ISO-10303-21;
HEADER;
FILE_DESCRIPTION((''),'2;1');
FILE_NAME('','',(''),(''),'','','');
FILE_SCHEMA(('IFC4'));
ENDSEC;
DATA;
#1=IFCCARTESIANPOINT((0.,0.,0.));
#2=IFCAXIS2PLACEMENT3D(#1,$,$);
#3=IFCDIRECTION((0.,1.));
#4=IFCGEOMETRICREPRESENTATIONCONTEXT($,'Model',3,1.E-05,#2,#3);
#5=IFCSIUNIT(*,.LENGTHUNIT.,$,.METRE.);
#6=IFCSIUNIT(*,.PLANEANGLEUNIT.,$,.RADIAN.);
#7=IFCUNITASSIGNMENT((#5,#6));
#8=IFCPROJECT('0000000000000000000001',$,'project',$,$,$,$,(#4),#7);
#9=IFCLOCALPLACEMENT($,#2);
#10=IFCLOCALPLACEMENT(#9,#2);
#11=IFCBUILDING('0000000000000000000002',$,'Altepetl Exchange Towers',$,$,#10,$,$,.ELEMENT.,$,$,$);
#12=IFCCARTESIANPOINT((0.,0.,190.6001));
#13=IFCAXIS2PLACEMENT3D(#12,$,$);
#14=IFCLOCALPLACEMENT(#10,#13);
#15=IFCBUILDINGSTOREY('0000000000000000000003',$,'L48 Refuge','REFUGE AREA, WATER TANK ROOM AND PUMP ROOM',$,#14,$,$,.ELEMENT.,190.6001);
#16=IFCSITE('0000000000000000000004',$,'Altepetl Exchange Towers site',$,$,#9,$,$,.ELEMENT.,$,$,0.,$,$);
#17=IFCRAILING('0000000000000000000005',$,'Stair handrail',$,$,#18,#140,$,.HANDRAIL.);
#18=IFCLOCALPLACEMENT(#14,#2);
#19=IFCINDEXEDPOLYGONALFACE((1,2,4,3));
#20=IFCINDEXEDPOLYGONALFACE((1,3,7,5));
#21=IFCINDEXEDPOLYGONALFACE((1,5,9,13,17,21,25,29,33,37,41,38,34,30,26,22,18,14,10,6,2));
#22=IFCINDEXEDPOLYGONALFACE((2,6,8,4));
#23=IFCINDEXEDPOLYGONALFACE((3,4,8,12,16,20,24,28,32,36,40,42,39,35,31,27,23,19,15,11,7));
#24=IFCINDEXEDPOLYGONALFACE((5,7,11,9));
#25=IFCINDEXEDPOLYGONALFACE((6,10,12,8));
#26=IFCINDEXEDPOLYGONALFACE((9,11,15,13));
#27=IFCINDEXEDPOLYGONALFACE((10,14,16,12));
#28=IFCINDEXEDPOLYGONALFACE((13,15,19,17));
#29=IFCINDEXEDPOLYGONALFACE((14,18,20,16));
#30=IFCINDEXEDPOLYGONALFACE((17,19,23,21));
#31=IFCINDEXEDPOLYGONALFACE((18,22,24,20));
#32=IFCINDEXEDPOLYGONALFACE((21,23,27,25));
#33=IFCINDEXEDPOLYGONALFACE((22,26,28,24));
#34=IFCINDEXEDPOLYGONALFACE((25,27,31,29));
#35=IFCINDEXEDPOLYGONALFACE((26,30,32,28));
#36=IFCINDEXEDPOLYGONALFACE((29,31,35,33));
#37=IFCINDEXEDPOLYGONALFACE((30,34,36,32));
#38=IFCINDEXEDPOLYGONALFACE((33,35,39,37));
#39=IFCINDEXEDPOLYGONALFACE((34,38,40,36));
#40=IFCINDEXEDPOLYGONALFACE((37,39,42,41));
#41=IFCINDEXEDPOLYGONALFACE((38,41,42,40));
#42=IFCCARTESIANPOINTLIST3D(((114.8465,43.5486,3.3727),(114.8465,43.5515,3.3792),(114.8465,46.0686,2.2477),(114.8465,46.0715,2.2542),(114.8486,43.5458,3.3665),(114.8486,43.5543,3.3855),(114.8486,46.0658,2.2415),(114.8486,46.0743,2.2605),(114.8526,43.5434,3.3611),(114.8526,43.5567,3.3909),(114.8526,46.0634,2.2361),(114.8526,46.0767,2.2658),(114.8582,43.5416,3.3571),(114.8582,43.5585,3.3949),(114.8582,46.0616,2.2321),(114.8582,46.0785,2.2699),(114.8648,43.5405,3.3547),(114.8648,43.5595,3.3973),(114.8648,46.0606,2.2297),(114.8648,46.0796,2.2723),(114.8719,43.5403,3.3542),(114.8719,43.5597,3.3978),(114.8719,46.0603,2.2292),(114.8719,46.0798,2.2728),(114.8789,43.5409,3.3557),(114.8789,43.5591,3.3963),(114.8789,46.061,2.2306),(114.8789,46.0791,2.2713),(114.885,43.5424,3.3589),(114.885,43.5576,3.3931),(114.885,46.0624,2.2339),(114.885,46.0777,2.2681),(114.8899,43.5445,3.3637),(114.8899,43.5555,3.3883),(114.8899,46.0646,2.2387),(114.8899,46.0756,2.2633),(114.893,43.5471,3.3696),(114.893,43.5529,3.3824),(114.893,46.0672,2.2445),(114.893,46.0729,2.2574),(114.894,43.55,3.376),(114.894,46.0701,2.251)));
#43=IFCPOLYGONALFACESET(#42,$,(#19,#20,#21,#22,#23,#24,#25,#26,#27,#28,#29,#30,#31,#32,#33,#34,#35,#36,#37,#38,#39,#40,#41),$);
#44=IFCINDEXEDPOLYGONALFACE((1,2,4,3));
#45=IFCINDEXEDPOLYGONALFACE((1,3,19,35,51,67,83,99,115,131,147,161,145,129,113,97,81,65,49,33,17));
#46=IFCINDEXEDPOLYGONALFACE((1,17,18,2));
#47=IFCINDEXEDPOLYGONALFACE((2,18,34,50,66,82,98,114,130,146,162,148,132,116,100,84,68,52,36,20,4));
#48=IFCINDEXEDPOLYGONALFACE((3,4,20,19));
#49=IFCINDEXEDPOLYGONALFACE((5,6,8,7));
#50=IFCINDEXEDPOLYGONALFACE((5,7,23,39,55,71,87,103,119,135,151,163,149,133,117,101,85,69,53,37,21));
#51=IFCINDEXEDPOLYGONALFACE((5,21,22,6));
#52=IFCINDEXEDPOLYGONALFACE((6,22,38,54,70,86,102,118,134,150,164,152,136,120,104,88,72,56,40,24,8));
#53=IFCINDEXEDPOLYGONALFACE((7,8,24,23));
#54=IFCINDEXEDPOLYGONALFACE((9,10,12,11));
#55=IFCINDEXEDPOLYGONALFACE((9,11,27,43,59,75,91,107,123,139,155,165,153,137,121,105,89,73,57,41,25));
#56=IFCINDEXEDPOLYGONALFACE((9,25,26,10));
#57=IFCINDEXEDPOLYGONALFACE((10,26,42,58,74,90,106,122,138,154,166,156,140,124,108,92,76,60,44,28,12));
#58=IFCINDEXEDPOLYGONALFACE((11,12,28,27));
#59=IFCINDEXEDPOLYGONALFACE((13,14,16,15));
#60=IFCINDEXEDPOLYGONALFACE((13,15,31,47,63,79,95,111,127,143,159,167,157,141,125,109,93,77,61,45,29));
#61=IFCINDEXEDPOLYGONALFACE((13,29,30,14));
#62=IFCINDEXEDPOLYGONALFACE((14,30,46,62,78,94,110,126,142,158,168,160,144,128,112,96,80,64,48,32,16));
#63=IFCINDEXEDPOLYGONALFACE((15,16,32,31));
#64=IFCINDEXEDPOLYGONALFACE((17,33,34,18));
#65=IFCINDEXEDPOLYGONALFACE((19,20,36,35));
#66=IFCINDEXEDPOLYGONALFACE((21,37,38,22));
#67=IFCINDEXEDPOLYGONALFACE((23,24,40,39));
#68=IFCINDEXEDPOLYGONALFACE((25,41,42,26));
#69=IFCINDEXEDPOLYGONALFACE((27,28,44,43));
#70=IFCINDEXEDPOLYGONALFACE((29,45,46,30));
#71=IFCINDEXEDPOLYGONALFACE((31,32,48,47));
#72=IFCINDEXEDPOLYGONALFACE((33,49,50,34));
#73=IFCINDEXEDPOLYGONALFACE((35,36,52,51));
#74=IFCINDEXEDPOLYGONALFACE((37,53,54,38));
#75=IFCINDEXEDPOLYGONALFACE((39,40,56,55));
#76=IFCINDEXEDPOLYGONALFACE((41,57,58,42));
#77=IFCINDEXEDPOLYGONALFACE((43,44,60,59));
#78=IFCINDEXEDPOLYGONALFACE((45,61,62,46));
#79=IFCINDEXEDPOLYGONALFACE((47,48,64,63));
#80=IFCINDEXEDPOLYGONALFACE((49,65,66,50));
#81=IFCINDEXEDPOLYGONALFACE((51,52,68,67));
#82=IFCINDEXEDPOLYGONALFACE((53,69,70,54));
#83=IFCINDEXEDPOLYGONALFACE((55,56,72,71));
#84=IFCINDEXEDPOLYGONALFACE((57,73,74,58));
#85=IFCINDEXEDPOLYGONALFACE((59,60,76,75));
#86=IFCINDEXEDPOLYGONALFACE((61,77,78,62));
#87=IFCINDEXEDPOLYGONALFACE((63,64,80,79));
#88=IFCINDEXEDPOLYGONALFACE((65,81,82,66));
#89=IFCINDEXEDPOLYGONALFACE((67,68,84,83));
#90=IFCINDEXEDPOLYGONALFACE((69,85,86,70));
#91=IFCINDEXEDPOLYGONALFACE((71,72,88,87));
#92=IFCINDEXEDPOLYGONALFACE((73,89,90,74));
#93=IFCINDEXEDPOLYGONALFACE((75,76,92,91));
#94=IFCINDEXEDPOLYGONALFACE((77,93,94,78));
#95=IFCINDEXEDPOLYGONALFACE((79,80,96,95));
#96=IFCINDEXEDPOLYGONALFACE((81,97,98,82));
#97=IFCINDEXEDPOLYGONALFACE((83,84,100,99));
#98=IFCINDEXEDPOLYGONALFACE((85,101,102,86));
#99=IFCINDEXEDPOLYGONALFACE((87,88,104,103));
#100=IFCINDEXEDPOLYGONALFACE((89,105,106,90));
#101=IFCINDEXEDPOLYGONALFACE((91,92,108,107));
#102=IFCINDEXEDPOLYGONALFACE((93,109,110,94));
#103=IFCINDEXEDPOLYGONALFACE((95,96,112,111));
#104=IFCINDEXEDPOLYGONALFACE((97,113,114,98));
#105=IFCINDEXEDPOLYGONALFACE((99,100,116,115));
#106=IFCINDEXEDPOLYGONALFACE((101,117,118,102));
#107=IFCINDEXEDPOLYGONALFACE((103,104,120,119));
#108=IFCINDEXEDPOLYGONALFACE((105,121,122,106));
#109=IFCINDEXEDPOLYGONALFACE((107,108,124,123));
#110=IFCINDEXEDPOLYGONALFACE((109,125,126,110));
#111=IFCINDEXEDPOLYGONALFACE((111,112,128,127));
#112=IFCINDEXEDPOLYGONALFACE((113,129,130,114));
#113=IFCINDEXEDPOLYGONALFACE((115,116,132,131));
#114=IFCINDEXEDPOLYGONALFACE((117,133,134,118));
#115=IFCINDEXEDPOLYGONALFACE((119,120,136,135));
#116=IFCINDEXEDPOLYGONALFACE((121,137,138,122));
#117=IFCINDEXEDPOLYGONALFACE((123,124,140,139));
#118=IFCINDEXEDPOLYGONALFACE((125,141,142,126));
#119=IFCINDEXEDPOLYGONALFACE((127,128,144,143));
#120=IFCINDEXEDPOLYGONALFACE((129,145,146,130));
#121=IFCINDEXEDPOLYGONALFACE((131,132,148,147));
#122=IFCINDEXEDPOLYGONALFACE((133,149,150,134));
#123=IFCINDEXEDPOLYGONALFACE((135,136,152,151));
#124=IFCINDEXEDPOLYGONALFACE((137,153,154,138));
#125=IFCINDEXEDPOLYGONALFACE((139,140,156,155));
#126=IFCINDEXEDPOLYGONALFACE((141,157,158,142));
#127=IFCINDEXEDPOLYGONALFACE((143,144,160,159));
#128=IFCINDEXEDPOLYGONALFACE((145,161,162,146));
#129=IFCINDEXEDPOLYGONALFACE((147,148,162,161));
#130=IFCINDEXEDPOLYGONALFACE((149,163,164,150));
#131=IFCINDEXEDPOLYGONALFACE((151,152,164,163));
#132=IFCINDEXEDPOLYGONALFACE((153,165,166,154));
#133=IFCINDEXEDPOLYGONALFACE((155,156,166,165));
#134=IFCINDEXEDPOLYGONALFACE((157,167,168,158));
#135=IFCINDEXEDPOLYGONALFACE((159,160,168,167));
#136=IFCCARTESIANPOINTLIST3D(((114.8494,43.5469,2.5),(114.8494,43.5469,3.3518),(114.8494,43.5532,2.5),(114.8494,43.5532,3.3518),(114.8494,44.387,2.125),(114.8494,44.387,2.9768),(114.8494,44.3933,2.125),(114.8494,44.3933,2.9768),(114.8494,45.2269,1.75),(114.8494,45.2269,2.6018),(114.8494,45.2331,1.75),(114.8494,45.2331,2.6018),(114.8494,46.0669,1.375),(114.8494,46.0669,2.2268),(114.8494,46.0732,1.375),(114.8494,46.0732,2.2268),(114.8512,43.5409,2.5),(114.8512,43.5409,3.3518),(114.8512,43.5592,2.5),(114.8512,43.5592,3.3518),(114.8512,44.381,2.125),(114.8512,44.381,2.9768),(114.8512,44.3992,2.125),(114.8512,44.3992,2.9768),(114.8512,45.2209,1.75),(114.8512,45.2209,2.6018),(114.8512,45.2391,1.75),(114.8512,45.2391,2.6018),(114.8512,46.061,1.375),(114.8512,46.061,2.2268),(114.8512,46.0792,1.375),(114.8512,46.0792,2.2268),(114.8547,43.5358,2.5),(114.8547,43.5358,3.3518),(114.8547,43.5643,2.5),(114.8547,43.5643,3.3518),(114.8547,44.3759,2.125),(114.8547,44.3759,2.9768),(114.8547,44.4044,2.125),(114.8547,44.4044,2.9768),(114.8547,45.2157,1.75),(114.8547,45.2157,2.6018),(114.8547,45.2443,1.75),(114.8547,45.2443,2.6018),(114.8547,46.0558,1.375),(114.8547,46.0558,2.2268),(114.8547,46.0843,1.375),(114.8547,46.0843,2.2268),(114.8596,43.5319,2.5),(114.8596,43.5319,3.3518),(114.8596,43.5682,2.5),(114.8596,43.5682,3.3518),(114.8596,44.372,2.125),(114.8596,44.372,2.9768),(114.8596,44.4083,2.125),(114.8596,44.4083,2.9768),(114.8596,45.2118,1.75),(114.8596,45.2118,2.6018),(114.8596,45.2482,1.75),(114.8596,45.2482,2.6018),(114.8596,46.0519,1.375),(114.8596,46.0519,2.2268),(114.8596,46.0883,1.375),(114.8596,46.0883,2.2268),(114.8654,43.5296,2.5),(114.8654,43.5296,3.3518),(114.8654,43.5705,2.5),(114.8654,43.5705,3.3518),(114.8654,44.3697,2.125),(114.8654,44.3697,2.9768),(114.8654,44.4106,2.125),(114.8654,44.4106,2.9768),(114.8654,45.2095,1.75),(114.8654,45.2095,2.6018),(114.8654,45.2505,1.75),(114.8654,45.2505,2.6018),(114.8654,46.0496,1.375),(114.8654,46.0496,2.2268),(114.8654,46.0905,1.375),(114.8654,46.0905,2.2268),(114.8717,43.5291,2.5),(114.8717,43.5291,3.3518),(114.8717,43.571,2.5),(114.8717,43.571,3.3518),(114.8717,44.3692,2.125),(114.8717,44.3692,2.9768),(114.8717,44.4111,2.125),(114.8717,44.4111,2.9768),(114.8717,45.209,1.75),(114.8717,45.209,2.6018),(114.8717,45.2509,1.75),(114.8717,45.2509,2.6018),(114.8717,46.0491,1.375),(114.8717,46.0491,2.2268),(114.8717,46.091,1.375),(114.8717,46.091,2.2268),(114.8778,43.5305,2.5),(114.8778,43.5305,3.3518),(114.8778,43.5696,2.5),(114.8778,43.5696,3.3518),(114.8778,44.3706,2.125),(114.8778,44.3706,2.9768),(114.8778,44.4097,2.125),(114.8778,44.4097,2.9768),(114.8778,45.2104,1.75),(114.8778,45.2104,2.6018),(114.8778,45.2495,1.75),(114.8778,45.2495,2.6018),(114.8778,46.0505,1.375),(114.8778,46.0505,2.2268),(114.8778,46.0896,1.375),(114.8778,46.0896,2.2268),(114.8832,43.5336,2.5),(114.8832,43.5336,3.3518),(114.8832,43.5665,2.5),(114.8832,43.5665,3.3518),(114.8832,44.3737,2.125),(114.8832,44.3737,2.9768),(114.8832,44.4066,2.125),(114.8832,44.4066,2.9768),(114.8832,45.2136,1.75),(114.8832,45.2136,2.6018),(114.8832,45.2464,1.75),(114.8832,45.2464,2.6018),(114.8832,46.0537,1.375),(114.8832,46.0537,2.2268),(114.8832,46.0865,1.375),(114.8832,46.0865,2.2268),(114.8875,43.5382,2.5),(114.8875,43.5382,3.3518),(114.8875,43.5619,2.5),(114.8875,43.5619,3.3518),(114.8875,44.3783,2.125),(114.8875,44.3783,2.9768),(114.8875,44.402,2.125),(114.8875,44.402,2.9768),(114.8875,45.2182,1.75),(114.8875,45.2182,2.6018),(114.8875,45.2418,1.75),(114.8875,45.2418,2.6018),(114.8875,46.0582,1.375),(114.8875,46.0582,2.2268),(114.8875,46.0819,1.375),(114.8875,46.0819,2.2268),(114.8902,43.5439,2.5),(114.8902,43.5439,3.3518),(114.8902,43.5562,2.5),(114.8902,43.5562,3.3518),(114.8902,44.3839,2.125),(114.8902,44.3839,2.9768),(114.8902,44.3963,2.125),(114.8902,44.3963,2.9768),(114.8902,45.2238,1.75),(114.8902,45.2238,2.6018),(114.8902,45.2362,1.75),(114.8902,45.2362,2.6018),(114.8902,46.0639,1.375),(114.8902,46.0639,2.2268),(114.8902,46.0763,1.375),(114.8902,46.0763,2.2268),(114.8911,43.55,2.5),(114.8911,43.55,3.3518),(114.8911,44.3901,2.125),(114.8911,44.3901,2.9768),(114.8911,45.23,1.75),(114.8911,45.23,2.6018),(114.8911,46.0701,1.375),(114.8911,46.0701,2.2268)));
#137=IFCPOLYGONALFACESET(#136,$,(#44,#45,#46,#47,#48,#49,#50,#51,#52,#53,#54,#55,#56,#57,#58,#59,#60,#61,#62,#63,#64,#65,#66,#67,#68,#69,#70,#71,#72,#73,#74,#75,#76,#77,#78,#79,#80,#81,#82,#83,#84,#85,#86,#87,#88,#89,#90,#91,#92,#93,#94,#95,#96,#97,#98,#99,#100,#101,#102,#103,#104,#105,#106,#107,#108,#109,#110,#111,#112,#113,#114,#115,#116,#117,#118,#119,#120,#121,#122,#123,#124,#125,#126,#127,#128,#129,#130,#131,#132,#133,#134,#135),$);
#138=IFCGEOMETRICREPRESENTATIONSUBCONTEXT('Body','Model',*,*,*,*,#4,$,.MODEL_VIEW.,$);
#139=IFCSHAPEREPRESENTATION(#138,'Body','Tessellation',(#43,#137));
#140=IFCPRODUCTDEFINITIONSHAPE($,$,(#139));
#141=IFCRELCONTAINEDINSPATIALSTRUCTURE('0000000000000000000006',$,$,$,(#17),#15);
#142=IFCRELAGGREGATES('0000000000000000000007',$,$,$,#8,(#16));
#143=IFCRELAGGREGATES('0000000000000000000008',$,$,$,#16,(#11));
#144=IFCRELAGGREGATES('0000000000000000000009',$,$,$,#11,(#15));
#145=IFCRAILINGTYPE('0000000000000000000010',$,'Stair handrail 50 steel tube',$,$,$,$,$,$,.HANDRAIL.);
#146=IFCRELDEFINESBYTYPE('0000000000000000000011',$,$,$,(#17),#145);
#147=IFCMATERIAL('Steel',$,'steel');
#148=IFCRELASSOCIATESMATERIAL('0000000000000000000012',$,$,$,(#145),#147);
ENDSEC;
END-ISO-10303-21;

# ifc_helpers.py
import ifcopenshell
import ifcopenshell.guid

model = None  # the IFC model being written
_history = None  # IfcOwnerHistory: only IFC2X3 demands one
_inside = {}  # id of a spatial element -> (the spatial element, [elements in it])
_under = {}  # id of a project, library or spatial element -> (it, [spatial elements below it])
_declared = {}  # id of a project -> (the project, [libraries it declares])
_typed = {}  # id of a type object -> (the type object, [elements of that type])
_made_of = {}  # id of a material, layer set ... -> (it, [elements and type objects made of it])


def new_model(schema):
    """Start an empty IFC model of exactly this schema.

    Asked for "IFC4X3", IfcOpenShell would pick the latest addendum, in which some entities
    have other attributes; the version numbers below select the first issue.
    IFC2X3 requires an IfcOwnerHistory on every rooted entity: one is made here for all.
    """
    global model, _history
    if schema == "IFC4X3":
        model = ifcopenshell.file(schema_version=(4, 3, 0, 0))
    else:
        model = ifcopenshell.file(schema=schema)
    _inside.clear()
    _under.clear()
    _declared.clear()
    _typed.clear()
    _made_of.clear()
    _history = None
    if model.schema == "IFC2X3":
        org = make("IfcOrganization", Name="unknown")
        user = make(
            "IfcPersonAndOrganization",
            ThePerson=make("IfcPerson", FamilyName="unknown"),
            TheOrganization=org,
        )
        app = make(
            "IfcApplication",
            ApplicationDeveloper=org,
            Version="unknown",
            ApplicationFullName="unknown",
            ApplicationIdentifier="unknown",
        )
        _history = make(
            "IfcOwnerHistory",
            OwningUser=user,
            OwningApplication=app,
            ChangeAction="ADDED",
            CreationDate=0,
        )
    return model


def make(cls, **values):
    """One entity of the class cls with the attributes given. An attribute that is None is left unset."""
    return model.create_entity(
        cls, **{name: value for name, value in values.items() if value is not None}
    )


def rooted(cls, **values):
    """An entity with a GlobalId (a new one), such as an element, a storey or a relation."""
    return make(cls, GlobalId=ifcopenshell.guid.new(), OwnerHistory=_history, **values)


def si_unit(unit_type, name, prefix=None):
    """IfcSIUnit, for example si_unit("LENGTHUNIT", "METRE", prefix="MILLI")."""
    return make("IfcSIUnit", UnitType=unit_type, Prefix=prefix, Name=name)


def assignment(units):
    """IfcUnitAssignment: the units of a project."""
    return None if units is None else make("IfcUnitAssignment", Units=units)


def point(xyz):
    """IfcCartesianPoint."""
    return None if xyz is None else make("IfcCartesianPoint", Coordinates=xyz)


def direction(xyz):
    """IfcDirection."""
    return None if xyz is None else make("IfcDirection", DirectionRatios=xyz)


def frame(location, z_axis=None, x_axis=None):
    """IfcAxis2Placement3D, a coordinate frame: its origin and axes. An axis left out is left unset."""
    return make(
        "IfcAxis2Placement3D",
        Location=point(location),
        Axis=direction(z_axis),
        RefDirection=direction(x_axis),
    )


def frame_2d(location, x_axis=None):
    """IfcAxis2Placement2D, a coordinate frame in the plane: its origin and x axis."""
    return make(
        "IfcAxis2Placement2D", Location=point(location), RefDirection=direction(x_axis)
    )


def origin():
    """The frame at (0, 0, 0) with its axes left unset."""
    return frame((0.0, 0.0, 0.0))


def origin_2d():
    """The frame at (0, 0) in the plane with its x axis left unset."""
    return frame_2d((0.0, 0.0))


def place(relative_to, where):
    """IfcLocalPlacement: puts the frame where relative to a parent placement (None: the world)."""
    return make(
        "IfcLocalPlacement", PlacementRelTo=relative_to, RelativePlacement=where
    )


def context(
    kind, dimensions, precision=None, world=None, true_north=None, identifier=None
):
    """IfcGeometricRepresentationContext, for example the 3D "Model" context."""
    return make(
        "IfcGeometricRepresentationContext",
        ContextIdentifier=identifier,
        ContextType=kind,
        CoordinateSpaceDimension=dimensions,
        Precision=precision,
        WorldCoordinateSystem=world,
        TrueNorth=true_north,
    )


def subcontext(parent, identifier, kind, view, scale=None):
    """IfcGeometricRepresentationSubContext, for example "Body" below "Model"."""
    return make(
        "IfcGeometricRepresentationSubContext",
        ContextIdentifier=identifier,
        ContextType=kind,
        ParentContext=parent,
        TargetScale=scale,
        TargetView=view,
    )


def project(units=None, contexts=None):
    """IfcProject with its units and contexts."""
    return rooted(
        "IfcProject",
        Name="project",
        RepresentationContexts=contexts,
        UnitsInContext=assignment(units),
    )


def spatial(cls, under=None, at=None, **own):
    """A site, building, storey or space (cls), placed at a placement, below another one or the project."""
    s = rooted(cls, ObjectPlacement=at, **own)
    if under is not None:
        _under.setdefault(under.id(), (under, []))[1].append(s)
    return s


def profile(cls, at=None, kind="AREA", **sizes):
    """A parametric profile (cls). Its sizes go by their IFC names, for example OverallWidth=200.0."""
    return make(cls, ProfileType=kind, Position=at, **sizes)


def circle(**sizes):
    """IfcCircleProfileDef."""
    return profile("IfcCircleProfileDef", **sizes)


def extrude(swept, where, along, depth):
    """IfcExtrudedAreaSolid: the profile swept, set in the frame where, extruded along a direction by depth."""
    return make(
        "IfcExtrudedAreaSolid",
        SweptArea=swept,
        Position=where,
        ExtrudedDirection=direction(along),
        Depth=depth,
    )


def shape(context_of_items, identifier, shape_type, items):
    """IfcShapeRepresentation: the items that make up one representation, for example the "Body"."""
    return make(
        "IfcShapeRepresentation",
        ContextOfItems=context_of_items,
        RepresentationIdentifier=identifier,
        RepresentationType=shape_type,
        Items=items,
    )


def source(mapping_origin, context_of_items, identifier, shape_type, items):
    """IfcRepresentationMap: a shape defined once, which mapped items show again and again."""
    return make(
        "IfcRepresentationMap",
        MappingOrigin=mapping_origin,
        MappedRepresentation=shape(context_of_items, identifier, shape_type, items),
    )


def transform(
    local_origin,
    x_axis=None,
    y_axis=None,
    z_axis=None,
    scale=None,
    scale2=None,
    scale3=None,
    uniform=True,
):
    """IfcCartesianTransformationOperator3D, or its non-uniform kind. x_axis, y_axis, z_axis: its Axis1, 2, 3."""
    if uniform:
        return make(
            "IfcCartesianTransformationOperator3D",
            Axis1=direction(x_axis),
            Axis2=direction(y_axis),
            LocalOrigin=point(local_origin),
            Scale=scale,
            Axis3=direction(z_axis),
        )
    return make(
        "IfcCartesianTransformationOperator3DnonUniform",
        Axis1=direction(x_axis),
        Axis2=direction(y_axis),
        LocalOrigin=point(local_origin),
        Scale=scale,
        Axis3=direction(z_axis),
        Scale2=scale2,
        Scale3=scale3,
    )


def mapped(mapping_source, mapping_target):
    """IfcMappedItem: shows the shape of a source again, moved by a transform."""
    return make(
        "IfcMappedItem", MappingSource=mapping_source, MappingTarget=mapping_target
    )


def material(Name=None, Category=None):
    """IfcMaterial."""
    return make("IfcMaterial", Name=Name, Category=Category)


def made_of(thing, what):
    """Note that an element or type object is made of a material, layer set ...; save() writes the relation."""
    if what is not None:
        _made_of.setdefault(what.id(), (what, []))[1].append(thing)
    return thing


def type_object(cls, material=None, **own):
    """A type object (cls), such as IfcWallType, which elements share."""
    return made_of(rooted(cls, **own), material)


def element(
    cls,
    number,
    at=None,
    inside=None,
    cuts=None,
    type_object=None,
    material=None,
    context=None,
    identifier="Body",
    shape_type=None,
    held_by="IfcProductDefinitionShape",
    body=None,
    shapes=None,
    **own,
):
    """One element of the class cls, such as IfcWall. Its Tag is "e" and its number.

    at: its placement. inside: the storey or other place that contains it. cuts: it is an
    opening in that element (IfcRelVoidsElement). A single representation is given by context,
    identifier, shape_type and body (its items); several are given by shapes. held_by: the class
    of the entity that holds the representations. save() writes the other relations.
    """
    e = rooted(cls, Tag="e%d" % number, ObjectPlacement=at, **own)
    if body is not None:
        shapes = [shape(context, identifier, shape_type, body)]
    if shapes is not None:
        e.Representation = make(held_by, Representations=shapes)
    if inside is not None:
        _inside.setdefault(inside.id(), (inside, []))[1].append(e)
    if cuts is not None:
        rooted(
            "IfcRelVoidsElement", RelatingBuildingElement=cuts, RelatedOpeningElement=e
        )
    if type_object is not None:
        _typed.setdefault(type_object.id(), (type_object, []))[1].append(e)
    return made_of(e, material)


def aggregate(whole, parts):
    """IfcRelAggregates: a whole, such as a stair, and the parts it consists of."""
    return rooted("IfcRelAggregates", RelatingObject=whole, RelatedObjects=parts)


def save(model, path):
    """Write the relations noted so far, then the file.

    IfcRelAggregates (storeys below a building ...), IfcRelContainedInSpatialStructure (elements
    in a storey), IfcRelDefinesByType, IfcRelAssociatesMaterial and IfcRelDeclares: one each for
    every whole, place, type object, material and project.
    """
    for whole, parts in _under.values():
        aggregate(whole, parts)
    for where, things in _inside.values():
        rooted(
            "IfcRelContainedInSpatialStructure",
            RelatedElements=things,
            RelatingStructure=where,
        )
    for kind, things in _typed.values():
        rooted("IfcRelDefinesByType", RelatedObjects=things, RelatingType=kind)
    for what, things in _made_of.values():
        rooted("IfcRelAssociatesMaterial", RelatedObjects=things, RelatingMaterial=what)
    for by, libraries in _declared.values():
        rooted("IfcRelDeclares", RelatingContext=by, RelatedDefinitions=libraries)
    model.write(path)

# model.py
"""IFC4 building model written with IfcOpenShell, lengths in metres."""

from ifc_helpers import new_model, si_unit, direction, frame, origin, origin_2d, place, context, subcontext, project, spatial, circle, extrude, source, transform, mapped, material, type_object, element, save


model = new_model("IFC4")

# Units and contexts
model_context = context("Model", 3, precision=1e-05, world=origin(), true_north=direction((0.0, 1.0)))
body_context = subcontext(model_context, "Body", "Model", "MODEL_VIEW")
ifc_project = project(units=[si_unit("LENGTHUNIT", "METRE"), si_unit("PLANEANGLEUNIT", "RADIAN")], contexts=[model_context])

# Site, building, storey
site_placement = place(None, origin())
site = spatial("IfcSite", under=ifc_project, at=site_placement, Name="Altepetl Exchange Towers site", CompositionType="ELEMENT", RefElevation=0.0)
building_placement = place(site_placement, origin())
building = spatial("IfcBuilding", under=site, at=building_placement, Name="Altepetl Exchange Towers", CompositionType="ELEMENT")
storey_placement = place(building_placement, frame((0.0, 0.0, 190.6001)))
storey = spatial("IfcBuildingStorey", under=building, at=storey_placement, Name="L48 Refuge", Description="REFUGE AREA, WATER TANK ROOM AND PUMP ROOM", CompositionType="ELEMENT", Elevation=190.6001)

# Railing
ifc_material_1 = material(Name="Steel", Category="steel")
railing_type = type_object("IfcRailingType", Name="Stair handrail 50 steel tube", PredefinedType="HANDRAIL", material=ifc_material_1)
shared_shape = source(origin(), body_context, "Body", "SweptSolid", [
    extrude(circle(Radius=0.021, at=origin_2d()), origin(), (0.0, 0.0, 1.0), 0.8518),
])
railing_1_placement = place(storey_placement, frame((114.8701, 46.0701, 1.375)))
element("IfcRailing", 1, at=railing_1_placement, inside=storey, type_object=railing_type, Name="Stair handrail", PredefinedType="HANDRAIL", context=body_context, shape_type="SweptSolid", body=[
    extrude(circle(Radius=0.0239, at=origin_2d()), frame((0.0, 0.0, 0.876), z_axis=(0.0, -0.913139, 0.407648), x_axis=(1.0, 0.0, 0.0)), (0.0, 0.0, 1.0), 2.7598),
    mapped(shared_shape, transform((0.0, 0.0, 0.0))),
    mapped(shared_shape, transform((0.0, -0.8401, 0.375))),
    mapped(shared_shape, transform((0.0, -1.6799, 0.75))),
    mapped(shared_shape, transform((0.0, -2.52, 1.125))),
])

save(model, "model.ifc")
